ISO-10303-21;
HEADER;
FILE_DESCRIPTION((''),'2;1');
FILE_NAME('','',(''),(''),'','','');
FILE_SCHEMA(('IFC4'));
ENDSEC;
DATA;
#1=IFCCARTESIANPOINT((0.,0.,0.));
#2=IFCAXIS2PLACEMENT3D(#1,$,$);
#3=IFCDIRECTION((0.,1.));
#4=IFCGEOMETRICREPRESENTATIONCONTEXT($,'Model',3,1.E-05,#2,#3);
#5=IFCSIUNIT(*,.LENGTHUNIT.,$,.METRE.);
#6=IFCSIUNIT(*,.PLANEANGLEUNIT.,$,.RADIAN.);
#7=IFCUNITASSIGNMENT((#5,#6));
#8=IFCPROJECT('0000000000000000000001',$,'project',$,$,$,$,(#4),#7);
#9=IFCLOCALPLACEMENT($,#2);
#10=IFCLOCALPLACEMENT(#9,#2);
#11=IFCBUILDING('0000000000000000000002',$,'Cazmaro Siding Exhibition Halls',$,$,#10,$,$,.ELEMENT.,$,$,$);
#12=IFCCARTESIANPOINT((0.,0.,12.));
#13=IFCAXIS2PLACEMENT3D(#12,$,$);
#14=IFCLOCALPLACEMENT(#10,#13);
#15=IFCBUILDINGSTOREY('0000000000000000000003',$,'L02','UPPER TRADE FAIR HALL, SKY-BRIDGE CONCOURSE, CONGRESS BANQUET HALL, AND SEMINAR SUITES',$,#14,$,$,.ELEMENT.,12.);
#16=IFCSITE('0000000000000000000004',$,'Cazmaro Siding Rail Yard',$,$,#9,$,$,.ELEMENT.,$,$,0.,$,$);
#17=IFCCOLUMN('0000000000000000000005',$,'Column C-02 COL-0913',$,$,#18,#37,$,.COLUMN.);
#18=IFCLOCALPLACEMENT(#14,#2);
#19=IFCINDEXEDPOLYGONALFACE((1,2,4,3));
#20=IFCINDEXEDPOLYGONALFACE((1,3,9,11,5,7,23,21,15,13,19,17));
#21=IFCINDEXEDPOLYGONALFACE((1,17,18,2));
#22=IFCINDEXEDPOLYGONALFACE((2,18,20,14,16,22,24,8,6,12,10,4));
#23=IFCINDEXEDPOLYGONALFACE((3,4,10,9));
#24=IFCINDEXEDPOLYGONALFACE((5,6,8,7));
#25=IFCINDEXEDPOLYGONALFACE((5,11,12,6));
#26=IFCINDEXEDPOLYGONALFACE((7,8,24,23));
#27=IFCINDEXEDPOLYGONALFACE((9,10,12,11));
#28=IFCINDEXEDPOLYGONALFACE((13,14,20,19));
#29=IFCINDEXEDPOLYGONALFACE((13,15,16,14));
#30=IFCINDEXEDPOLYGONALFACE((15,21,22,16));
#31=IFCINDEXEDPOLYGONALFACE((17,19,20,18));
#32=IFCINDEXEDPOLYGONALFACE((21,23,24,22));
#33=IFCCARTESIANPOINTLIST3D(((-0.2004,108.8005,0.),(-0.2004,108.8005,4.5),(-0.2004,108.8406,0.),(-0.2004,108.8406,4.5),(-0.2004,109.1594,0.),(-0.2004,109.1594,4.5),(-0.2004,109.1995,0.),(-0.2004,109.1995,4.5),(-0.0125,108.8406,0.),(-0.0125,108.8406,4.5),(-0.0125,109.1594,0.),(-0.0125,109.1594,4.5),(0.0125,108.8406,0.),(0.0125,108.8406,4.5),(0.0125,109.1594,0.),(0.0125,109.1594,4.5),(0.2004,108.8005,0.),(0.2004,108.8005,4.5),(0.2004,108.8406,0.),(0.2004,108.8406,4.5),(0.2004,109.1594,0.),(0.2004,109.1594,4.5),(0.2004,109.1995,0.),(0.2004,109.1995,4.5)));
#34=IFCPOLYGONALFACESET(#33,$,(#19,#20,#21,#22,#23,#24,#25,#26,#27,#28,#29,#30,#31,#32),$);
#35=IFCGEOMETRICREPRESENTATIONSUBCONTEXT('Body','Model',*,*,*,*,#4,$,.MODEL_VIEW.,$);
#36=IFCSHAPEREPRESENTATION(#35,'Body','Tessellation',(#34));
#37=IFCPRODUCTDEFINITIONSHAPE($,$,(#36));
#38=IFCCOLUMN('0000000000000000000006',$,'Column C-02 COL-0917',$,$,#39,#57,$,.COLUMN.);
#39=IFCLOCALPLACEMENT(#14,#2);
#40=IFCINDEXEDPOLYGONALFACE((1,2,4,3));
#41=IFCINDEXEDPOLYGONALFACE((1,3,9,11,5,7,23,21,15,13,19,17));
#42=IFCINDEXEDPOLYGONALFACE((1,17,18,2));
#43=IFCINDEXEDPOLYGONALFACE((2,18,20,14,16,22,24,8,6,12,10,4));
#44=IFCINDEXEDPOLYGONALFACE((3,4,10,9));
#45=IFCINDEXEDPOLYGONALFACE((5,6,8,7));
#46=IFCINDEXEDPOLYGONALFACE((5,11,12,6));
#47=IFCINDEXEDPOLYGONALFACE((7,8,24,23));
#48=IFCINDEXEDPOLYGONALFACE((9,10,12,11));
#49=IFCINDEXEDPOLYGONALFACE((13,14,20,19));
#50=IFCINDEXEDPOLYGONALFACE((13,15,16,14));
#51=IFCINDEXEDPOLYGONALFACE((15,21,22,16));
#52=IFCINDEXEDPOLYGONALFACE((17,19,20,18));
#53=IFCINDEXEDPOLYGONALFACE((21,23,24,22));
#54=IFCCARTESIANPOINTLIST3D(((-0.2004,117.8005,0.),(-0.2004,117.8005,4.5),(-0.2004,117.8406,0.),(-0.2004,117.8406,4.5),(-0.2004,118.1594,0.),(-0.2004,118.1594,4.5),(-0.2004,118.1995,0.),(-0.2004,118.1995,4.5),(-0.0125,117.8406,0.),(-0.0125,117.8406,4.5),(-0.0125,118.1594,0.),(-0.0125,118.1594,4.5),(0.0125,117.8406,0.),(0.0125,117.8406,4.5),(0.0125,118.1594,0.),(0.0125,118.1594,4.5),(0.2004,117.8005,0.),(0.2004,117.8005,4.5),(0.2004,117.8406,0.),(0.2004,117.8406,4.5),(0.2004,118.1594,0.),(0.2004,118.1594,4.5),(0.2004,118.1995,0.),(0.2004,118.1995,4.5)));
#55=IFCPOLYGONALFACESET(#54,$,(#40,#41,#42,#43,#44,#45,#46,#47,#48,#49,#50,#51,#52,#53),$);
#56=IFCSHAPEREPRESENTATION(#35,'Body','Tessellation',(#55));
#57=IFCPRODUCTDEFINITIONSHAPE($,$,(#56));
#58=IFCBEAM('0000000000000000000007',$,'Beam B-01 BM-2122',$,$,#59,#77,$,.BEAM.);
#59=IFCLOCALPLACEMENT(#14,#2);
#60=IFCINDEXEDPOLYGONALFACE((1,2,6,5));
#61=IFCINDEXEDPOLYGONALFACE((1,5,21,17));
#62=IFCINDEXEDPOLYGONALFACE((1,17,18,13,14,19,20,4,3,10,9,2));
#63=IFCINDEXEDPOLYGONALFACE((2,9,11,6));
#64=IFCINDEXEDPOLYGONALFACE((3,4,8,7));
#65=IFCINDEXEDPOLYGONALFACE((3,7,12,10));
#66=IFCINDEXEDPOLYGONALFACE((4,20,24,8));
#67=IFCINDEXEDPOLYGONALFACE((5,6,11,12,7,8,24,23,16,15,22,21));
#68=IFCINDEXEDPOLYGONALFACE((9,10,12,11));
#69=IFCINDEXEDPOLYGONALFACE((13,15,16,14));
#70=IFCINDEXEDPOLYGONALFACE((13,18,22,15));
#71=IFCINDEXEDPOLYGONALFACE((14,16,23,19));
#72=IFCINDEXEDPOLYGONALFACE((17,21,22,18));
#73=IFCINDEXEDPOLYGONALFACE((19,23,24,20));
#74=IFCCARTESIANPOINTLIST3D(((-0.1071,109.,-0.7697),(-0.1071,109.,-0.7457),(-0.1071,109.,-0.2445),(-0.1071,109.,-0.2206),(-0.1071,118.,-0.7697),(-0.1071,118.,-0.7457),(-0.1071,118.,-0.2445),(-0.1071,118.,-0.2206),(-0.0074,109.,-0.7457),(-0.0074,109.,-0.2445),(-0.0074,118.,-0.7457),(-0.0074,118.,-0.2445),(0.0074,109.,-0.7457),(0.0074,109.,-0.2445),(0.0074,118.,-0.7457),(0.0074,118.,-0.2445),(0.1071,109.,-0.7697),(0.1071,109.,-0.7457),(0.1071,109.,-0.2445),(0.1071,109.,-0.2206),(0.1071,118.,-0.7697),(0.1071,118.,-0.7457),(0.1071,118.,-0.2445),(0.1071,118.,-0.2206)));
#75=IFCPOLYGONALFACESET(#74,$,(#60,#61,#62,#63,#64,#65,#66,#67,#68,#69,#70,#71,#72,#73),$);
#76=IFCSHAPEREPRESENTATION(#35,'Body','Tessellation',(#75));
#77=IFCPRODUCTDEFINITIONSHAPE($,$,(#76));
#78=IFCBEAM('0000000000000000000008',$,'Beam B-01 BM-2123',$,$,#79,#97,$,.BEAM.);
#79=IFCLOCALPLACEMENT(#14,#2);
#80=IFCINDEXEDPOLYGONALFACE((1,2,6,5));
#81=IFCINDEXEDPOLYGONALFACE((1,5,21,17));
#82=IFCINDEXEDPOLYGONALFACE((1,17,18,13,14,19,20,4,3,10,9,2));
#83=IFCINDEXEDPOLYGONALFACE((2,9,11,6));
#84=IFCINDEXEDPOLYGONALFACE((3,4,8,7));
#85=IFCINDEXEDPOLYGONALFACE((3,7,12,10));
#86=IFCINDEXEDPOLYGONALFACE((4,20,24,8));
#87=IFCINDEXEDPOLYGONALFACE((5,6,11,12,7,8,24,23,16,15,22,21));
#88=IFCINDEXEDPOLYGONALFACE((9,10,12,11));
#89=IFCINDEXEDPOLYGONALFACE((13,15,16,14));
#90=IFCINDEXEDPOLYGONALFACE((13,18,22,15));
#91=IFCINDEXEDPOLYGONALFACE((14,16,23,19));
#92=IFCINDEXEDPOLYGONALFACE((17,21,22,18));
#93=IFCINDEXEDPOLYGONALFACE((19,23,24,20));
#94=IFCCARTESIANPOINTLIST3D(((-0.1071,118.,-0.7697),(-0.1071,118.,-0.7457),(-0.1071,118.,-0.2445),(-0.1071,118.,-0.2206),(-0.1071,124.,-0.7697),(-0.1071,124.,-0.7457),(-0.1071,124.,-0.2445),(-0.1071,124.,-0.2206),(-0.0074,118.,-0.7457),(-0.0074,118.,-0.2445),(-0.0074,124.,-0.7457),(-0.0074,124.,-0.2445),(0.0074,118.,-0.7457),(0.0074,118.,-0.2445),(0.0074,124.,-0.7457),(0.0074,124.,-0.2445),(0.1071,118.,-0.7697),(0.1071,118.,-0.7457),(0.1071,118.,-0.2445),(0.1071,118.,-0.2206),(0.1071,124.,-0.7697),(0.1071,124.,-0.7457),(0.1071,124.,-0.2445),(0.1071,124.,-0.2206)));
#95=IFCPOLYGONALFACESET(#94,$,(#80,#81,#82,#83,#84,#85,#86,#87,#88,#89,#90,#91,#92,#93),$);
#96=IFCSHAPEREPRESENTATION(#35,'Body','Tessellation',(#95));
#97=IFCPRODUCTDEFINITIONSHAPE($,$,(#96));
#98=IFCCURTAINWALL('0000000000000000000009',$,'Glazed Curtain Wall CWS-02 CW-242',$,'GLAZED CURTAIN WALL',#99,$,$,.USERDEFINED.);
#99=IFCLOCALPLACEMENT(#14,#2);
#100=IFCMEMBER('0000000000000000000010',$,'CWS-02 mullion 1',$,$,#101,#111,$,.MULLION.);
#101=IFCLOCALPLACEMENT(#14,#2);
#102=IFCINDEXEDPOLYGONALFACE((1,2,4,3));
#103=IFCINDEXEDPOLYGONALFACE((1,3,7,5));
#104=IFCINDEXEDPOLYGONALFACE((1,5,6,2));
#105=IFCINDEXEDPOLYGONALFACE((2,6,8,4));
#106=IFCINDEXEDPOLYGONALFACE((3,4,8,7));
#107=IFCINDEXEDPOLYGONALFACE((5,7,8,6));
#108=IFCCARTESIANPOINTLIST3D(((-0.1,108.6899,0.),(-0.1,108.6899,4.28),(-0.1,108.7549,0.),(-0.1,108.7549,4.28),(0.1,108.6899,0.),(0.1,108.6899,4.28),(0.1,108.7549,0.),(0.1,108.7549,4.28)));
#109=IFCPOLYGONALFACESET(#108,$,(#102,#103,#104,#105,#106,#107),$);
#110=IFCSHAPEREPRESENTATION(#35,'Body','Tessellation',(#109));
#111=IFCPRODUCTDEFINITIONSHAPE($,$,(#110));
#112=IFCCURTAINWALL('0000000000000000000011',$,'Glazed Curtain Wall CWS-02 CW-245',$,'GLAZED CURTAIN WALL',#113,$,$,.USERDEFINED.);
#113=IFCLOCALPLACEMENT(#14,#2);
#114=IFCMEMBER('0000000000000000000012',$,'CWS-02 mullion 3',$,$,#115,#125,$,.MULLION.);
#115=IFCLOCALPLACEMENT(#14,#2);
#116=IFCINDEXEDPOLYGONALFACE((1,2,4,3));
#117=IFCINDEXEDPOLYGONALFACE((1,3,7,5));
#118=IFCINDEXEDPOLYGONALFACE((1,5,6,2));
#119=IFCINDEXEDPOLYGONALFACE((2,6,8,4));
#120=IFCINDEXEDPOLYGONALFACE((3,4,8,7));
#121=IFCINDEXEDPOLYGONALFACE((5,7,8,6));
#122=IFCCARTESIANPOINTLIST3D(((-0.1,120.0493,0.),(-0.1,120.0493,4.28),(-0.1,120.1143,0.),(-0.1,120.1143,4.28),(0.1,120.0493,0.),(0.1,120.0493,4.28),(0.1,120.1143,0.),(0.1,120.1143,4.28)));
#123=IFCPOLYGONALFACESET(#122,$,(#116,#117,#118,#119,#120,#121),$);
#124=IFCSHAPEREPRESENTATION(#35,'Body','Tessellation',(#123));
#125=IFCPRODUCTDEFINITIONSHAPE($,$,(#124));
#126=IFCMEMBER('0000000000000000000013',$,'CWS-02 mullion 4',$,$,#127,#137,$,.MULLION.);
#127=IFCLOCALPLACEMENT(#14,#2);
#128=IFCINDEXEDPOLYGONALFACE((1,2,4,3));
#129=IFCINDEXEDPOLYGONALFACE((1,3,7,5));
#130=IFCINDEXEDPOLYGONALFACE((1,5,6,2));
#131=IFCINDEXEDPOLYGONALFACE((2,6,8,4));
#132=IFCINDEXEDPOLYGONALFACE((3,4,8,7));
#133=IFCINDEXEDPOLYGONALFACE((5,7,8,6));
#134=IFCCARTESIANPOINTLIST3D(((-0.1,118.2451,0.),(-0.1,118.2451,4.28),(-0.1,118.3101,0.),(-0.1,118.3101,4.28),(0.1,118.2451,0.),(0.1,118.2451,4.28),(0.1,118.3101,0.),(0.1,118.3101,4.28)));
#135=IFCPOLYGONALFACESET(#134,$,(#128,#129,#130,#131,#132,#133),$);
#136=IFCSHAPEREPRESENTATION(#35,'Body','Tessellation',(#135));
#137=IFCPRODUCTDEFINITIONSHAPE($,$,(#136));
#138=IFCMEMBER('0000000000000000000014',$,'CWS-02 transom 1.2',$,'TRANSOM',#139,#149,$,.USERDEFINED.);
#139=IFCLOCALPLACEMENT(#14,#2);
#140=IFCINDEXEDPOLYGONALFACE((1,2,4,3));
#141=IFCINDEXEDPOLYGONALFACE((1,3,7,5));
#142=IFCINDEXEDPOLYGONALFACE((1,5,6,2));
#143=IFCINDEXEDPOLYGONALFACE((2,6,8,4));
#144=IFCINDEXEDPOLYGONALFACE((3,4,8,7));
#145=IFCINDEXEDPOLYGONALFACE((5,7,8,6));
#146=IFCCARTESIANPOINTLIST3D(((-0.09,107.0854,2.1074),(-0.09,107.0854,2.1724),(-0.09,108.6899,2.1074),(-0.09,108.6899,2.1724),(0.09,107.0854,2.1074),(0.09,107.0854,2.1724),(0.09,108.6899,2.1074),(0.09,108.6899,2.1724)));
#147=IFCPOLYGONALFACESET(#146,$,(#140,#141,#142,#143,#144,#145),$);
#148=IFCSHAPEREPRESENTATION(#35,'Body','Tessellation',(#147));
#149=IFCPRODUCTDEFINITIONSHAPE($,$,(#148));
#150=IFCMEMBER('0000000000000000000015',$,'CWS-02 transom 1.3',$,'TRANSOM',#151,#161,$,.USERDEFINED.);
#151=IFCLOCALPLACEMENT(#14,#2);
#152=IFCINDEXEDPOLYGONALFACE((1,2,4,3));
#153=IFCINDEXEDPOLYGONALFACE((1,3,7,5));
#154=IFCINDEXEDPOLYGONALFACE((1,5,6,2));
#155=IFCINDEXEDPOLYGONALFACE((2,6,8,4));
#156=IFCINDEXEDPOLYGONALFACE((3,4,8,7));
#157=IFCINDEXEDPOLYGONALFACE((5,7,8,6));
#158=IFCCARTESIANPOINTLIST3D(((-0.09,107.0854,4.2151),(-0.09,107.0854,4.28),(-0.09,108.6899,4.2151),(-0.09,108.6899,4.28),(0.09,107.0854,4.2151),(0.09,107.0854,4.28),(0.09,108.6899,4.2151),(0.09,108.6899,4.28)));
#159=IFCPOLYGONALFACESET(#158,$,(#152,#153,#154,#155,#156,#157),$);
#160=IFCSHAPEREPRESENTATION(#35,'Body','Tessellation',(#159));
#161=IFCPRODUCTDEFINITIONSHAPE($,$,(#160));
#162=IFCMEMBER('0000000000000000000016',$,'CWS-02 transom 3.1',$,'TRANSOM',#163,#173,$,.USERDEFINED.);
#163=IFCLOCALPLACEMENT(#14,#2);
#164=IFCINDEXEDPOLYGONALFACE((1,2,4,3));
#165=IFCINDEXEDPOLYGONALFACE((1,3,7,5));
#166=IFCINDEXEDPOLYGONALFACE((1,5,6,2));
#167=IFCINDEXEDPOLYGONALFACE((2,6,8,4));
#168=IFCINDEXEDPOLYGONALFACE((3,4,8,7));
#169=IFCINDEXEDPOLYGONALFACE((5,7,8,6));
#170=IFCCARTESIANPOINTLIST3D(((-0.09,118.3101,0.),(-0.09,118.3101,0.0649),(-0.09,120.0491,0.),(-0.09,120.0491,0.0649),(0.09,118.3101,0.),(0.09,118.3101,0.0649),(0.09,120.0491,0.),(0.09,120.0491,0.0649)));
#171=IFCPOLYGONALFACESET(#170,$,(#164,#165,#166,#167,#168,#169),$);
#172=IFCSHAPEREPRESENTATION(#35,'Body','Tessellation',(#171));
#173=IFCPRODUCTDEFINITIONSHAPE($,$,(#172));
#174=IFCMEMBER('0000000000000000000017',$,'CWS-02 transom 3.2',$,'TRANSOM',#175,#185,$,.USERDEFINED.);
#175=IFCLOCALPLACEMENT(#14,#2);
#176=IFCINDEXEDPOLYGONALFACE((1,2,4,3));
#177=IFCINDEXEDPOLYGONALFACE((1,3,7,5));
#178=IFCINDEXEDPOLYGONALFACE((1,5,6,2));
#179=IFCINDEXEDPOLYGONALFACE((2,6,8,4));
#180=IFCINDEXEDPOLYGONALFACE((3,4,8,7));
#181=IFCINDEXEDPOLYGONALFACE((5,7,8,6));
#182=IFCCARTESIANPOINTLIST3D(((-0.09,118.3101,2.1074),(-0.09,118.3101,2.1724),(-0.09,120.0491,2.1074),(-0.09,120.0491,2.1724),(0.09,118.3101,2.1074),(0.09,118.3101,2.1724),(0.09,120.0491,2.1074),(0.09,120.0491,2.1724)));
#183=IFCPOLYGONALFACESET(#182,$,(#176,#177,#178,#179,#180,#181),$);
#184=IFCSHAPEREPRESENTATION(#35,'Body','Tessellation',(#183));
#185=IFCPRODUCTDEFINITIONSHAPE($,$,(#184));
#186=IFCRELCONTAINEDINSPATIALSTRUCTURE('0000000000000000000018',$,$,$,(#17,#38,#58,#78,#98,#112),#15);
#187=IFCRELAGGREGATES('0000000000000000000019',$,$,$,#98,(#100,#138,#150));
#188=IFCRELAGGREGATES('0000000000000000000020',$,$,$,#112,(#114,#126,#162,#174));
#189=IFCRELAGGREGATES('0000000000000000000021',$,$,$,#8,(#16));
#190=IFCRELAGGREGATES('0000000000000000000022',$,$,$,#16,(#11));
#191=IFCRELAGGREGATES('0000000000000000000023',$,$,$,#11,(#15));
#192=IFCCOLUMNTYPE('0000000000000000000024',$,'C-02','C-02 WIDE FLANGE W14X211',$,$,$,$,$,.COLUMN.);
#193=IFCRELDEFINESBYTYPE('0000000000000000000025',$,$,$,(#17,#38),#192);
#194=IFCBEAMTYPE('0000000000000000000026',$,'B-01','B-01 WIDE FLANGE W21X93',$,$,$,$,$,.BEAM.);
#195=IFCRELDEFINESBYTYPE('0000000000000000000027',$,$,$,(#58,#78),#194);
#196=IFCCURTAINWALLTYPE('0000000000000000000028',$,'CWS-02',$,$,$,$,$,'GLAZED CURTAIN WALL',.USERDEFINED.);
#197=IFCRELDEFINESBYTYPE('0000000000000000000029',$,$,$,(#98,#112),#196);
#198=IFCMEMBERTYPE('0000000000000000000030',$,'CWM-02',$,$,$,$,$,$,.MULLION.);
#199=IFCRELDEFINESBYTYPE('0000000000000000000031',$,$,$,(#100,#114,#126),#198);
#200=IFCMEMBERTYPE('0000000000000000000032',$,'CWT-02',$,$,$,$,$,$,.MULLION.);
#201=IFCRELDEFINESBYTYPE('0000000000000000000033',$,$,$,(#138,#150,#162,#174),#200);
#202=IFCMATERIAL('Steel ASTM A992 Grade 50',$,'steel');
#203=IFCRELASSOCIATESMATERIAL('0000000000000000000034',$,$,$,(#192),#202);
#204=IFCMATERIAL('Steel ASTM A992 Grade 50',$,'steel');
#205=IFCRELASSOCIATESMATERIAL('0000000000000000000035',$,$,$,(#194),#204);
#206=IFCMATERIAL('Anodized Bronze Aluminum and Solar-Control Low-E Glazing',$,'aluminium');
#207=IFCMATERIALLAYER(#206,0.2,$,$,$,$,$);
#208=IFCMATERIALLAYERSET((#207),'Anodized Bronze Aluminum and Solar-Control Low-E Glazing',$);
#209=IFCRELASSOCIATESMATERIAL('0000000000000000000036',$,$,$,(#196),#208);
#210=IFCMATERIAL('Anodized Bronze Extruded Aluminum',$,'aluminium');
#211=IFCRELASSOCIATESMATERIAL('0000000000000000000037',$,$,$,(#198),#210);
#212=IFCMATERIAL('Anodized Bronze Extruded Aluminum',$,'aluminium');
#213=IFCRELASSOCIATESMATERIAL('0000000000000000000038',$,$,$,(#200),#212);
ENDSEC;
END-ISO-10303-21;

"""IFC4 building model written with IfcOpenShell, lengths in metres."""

from ifc_helpers import new_model, si_unit, direction, frame, origin, origin_2d, place, context, subcontext, project, spatial, rectangle, i_section, extrude, material, layer, layer_set, material_profile, profile_set, type_object, element, aggregate, save


model = new_model("IFC4")

# Units and contexts
model_context = context("Model", 3, precision=1e-05, world=origin(), true_north=direction((0.0, 1.0)))
body_context = subcontext(model_context, "Body", "Model", "MODEL_VIEW")
ifc_project = project(units=[si_unit("LENGTHUNIT", "METRE"), si_unit("PLANEANGLEUNIT", "RADIAN")], contexts=[model_context])

# Site, building, storey
site_placement = place(None, origin())
site = spatial("IfcSite", under=ifc_project, at=site_placement, Name="Cazmaro Siding Rail Yard", CompositionType="ELEMENT", RefElevation=0.0)
building_placement = place(site_placement, origin())
building = spatial("IfcBuilding", under=site, at=building_placement, Name="Cazmaro Siding Exhibition Halls", CompositionType="ELEMENT")
storey_placement = place(building_placement, frame((0.0, 0.0, 12.0)))
storey = spatial("IfcBuildingStorey", under=building, at=storey_placement, Name="L02", Description="UPPER TRADE FAIR HALL, SKY-BRIDGE CONCOURSE, CONGRESS BANQUET HALL, AND SEMINAR SUITES", CompositionType="ELEMENT", Elevation=12.0)

# Columns
ifc_material_1 = material(Name="Steel ASTM A992 Grade 50", Category="steel")
ifc_material_profile_1 = material_profile(ifc_material_1, i_section(OverallWidth=0.4009, OverallDepth=0.3989, WebThickness=0.0249, FlangeThickness=0.04, at=origin_2d()), Name="W14X211")
ifc_profile_set_1 = profile_set([ifc_material_profile_1], Name="Steel ASTM A992 Grade 50")
column_type = type_object("IfcColumnType", Name="C-02", Description="C-02 WIDE FLANGE W14X211", PredefinedType="COLUMN", material=ifc_profile_set_1)
for number, where, z_axis, x_axis, name in (
    (1, (0.0, 109.0, 0.0), (0.0, 0.0, 1.0), (1.0, 0.0, 0.0), "Column C-02 COL-0913"),
    (2, (0.0, 118.0, 0.0), (0.0, 0.0, 1.0), (1.0, 0.0, 0.0), "Column C-02 COL-0917"),
):
    element("IfcColumn", number, at=place(storey_placement, frame(where, z_axis=z_axis, x_axis=x_axis)), inside=storey, type_object=column_type, Name=name, PredefinedType="COLUMN", context=body_context, shape_type="SweptSolid", body=[
        extrude(i_section(OverallWidth=0.4009, OverallDepth=0.3989, WebThickness=0.0249, FlangeThickness=0.04, at=origin_2d()), origin(), (0.0, 0.0, 1.0), 4.5),
    ])

# Beams
ifc_material_2 = material(Name="Steel ASTM A992 Grade 50", Category="steel")
ifc_material_profile_2 = material_profile(ifc_material_2, i_section(OverallWidth=0.2141, OverallDepth=0.5491, WebThickness=0.0149, FlangeThickness=0.0239, at=origin_2d()), Name="W21X93")
ifc_profile_set_2 = profile_set([ifc_material_profile_2], Name="Steel ASTM A992 Grade 50")
beam_type_1 = type_object("IfcBeamType", Name="B-01", Description="B-01 WIDE FLANGE W21X93", PredefinedType="BEAM", material=ifc_profile_set_2)
beam_1_placement = place(storey_placement, frame((0.0, 109.0, -0.4951), z_axis=(0.0, 1.0, 0.0), x_axis=(-1.0, 0.0, 0.0)))
element("IfcBeam", 3, at=beam_1_placement, inside=storey, type_object=beam_type_1, Name="Beam B-01 BM-2122", PredefinedType="BEAM", context=body_context, shape_type="SweptSolid", body=[
    extrude(i_section(OverallWidth=0.2141, OverallDepth=0.5491, WebThickness=0.0149, FlangeThickness=0.0239, at=origin_2d()), origin(), (0.0, 0.0, 1.0), 9.0),
])
beam_2_placement = place(storey_placement, frame((0.0, 118.0, -0.4951), z_axis=(0.0, 1.0, 0.0), x_axis=(-1.0, 0.0, 0.0)))
element("IfcBeam", 4, at=beam_2_placement, inside=storey, type_object=beam_type_1, Name="Beam B-01 BM-2123", PredefinedType="BEAM", context=body_context, shape_type="SweptSolid", body=[
    extrude(i_section(OverallWidth=0.2141, OverallDepth=0.5491, WebThickness=0.0149, FlangeThickness=0.0239, at=origin_2d()), origin(), (0.0, 0.0, 1.0), 6.0),
])

# Curtain wall, member
ifc_material_3 = material(Name="Anodized Bronze Aluminum and Solar-Control Low-E Glazing", Category="aluminium")
ifc_layer_1 = layer(ifc_material_3, 0.2)
ifc_layer_set_1 = layer_set([ifc_layer_1], Name="Anodized Bronze Aluminum and Solar-Control Low-E Glazing")
curtain_wall_type = type_object("IfcCurtainWallType", Name="CWS-02", ElementType="GLAZED CURTAIN WALL", PredefinedType="USERDEFINED", material=ifc_layer_set_1)
curtain_wall_1_placement = place(storey_placement, origin())
curtain_wall_1 = element("IfcCurtainWall", 5, at=curtain_wall_1_placement, inside=storey, type_object=curtain_wall_type, Name="Glazed Curtain Wall CWS-02 CW-242", ObjectType="GLAZED CURTAIN WALL", PredefinedType="USERDEFINED")
ifc_material_4 = material(Name="Anodized Bronze Extruded Aluminum", Category="aluminium")
ifc_material_profile_3 = material_profile(ifc_material_4, rectangle(XDim=0.2, YDim=0.0649, at=origin_2d()), Name="CWM-02")
ifc_profile_set_3 = profile_set([ifc_material_profile_3], Name="Anodized Bronze Extruded Aluminum")
member_type_1 = type_object("IfcMemberType", Name="CWM-02", PredefinedType="MULLION", material=ifc_profile_set_3)
member_1_placement = place(storey_placement, frame((0.0, 108.7224, 0.0), z_axis=(0.0, 0.0, 1.0), x_axis=(1.0, 0.0, 0.0)))
member_1 = element("IfcMember", 6, at=member_1_placement, type_object=member_type_1, Name="CWS-02 mullion 1", PredefinedType="MULLION", context=body_context, shape_type="SweptSolid", body=[
    extrude(rectangle(XDim=0.2, YDim=0.0649, at=origin_2d()), origin(), (0.0, 0.0, 1.0), 4.28),
])

# Curtain wall, members
curtain_wall_2_placement = place(storey_placement, origin())
curtain_wall_2 = element("IfcCurtainWall", 7, at=curtain_wall_2_placement, inside=storey, type_object=curtain_wall_type, Name="Glazed Curtain Wall CWS-02 CW-245", ObjectType="GLAZED CURTAIN WALL", PredefinedType="USERDEFINED")
member_2_placement = place(storey_placement, frame((0.0, 120.0818, 0.0), z_axis=(0.0, 0.0, 1.0), x_axis=(1.0, 0.0, 0.0)))
member_2 = element("IfcMember", 8, at=member_2_placement, type_object=member_type_1, Name="CWS-02 mullion 3", PredefinedType="MULLION", context=body_context, shape_type="SweptSolid", body=[
    extrude(rectangle(XDim=0.2, YDim=0.0649, at=origin_2d()), origin(), (0.0, 0.0, 1.0), 4.28),
])
member_3_placement = place(storey_placement, frame((0.0, 118.2776, 0.0), z_axis=(0.0, 0.0, 1.0), x_axis=(1.0, 0.0, 0.0)))
member_3 = element("IfcMember", 9, at=member_3_placement, type_object=member_type_1, Name="CWS-02 mullion 4", PredefinedType="MULLION", context=body_context, shape_type="SweptSolid", body=[
    extrude(rectangle(XDim=0.2, YDim=0.0649, at=origin_2d()), origin(), (0.0, 0.0, 1.0), 4.28),
])

# Members
ifc_material_5 = material(Name="Anodized Bronze Extruded Aluminum", Category="aluminium")
ifc_material_profile_4 = material_profile(ifc_material_5, rectangle(XDim=0.1799, YDim=0.0649, at=origin_2d()), Name="CWT-02")
ifc_profile_set_4 = profile_set([ifc_material_profile_4], Name="Anodized Bronze Extruded Aluminum")
member_type_2 = type_object("IfcMemberType", Name="CWT-02", PredefinedType="MULLION", material=ifc_profile_set_4)
member_4_placement = place(storey_placement, frame((0.0, 108.6899, 2.1399), z_axis=(0.0, -1.0, 0.0), x_axis=(1.0, 0.0, 0.0)))
member_4 = element("IfcMember", 10, at=member_4_placement, type_object=member_type_2, Name="CWS-02 transom 1.2", ObjectType="TRANSOM", PredefinedType="USERDEFINED", context=body_context, shape_type="SweptSolid", body=[
    extrude(rectangle(XDim=0.1799, YDim=0.0649, at=origin_2d()), origin(), (0.0, 0.0, 1.0), 1.6045),
])
member_5_placement = place(storey_placement, frame((0.0, 108.6899, 4.2476), z_axis=(0.0, -1.0, 0.0), x_axis=(1.0, 0.0, 0.0)))
member_5 = element("IfcMember", 11, at=member_5_placement, type_object=member_type_2, Name="CWS-02 transom 1.3", ObjectType="TRANSOM", PredefinedType="USERDEFINED", context=body_context, shape_type="SweptSolid", body=[
    extrude(rectangle(XDim=0.1799, YDim=0.0649, at=origin_2d()), origin(), (0.0, 0.0, 1.0), 1.6045),
])
aggregate(curtain_wall_1, [member_1, member_4, member_5])
member_6_placement = place(storey_placement, frame((0.0, 120.0491, 0.0325), z_axis=(0.0, -1.0, 0.0), x_axis=(1.0, 0.0, 0.0)))
member_6 = element("IfcMember", 12, at=member_6_placement, type_object=member_type_2, Name="CWS-02 transom 3.1", ObjectType="TRANSOM", PredefinedType="USERDEFINED", context=body_context, shape_type="SweptSolid", body=[
    extrude(rectangle(XDim=0.1799, YDim=0.0649, at=origin_2d()), origin(), (0.0, 0.0, 1.0), 1.739),
])
member_7_placement = place(storey_placement, frame((0.0, 120.0491, 2.1399), z_axis=(0.0, -1.0, 0.0), x_axis=(1.0, 0.0, 0.0)))
member_7 = element("IfcMember", 13, at=member_7_placement, type_object=member_type_2, Name="CWS-02 transom 3.2", ObjectType="TRANSOM", PredefinedType="USERDEFINED", context=body_context, shape_type="SweptSolid", body=[
    extrude(rectangle(XDim=0.1799, YDim=0.0649, at=origin_2d()), origin(), (0.0, 0.0, 1.0), 1.739),
])

aggregate(curtain_wall_2, [member_2, member_3, member_6, member_7])

save(model, "model.ifc")
